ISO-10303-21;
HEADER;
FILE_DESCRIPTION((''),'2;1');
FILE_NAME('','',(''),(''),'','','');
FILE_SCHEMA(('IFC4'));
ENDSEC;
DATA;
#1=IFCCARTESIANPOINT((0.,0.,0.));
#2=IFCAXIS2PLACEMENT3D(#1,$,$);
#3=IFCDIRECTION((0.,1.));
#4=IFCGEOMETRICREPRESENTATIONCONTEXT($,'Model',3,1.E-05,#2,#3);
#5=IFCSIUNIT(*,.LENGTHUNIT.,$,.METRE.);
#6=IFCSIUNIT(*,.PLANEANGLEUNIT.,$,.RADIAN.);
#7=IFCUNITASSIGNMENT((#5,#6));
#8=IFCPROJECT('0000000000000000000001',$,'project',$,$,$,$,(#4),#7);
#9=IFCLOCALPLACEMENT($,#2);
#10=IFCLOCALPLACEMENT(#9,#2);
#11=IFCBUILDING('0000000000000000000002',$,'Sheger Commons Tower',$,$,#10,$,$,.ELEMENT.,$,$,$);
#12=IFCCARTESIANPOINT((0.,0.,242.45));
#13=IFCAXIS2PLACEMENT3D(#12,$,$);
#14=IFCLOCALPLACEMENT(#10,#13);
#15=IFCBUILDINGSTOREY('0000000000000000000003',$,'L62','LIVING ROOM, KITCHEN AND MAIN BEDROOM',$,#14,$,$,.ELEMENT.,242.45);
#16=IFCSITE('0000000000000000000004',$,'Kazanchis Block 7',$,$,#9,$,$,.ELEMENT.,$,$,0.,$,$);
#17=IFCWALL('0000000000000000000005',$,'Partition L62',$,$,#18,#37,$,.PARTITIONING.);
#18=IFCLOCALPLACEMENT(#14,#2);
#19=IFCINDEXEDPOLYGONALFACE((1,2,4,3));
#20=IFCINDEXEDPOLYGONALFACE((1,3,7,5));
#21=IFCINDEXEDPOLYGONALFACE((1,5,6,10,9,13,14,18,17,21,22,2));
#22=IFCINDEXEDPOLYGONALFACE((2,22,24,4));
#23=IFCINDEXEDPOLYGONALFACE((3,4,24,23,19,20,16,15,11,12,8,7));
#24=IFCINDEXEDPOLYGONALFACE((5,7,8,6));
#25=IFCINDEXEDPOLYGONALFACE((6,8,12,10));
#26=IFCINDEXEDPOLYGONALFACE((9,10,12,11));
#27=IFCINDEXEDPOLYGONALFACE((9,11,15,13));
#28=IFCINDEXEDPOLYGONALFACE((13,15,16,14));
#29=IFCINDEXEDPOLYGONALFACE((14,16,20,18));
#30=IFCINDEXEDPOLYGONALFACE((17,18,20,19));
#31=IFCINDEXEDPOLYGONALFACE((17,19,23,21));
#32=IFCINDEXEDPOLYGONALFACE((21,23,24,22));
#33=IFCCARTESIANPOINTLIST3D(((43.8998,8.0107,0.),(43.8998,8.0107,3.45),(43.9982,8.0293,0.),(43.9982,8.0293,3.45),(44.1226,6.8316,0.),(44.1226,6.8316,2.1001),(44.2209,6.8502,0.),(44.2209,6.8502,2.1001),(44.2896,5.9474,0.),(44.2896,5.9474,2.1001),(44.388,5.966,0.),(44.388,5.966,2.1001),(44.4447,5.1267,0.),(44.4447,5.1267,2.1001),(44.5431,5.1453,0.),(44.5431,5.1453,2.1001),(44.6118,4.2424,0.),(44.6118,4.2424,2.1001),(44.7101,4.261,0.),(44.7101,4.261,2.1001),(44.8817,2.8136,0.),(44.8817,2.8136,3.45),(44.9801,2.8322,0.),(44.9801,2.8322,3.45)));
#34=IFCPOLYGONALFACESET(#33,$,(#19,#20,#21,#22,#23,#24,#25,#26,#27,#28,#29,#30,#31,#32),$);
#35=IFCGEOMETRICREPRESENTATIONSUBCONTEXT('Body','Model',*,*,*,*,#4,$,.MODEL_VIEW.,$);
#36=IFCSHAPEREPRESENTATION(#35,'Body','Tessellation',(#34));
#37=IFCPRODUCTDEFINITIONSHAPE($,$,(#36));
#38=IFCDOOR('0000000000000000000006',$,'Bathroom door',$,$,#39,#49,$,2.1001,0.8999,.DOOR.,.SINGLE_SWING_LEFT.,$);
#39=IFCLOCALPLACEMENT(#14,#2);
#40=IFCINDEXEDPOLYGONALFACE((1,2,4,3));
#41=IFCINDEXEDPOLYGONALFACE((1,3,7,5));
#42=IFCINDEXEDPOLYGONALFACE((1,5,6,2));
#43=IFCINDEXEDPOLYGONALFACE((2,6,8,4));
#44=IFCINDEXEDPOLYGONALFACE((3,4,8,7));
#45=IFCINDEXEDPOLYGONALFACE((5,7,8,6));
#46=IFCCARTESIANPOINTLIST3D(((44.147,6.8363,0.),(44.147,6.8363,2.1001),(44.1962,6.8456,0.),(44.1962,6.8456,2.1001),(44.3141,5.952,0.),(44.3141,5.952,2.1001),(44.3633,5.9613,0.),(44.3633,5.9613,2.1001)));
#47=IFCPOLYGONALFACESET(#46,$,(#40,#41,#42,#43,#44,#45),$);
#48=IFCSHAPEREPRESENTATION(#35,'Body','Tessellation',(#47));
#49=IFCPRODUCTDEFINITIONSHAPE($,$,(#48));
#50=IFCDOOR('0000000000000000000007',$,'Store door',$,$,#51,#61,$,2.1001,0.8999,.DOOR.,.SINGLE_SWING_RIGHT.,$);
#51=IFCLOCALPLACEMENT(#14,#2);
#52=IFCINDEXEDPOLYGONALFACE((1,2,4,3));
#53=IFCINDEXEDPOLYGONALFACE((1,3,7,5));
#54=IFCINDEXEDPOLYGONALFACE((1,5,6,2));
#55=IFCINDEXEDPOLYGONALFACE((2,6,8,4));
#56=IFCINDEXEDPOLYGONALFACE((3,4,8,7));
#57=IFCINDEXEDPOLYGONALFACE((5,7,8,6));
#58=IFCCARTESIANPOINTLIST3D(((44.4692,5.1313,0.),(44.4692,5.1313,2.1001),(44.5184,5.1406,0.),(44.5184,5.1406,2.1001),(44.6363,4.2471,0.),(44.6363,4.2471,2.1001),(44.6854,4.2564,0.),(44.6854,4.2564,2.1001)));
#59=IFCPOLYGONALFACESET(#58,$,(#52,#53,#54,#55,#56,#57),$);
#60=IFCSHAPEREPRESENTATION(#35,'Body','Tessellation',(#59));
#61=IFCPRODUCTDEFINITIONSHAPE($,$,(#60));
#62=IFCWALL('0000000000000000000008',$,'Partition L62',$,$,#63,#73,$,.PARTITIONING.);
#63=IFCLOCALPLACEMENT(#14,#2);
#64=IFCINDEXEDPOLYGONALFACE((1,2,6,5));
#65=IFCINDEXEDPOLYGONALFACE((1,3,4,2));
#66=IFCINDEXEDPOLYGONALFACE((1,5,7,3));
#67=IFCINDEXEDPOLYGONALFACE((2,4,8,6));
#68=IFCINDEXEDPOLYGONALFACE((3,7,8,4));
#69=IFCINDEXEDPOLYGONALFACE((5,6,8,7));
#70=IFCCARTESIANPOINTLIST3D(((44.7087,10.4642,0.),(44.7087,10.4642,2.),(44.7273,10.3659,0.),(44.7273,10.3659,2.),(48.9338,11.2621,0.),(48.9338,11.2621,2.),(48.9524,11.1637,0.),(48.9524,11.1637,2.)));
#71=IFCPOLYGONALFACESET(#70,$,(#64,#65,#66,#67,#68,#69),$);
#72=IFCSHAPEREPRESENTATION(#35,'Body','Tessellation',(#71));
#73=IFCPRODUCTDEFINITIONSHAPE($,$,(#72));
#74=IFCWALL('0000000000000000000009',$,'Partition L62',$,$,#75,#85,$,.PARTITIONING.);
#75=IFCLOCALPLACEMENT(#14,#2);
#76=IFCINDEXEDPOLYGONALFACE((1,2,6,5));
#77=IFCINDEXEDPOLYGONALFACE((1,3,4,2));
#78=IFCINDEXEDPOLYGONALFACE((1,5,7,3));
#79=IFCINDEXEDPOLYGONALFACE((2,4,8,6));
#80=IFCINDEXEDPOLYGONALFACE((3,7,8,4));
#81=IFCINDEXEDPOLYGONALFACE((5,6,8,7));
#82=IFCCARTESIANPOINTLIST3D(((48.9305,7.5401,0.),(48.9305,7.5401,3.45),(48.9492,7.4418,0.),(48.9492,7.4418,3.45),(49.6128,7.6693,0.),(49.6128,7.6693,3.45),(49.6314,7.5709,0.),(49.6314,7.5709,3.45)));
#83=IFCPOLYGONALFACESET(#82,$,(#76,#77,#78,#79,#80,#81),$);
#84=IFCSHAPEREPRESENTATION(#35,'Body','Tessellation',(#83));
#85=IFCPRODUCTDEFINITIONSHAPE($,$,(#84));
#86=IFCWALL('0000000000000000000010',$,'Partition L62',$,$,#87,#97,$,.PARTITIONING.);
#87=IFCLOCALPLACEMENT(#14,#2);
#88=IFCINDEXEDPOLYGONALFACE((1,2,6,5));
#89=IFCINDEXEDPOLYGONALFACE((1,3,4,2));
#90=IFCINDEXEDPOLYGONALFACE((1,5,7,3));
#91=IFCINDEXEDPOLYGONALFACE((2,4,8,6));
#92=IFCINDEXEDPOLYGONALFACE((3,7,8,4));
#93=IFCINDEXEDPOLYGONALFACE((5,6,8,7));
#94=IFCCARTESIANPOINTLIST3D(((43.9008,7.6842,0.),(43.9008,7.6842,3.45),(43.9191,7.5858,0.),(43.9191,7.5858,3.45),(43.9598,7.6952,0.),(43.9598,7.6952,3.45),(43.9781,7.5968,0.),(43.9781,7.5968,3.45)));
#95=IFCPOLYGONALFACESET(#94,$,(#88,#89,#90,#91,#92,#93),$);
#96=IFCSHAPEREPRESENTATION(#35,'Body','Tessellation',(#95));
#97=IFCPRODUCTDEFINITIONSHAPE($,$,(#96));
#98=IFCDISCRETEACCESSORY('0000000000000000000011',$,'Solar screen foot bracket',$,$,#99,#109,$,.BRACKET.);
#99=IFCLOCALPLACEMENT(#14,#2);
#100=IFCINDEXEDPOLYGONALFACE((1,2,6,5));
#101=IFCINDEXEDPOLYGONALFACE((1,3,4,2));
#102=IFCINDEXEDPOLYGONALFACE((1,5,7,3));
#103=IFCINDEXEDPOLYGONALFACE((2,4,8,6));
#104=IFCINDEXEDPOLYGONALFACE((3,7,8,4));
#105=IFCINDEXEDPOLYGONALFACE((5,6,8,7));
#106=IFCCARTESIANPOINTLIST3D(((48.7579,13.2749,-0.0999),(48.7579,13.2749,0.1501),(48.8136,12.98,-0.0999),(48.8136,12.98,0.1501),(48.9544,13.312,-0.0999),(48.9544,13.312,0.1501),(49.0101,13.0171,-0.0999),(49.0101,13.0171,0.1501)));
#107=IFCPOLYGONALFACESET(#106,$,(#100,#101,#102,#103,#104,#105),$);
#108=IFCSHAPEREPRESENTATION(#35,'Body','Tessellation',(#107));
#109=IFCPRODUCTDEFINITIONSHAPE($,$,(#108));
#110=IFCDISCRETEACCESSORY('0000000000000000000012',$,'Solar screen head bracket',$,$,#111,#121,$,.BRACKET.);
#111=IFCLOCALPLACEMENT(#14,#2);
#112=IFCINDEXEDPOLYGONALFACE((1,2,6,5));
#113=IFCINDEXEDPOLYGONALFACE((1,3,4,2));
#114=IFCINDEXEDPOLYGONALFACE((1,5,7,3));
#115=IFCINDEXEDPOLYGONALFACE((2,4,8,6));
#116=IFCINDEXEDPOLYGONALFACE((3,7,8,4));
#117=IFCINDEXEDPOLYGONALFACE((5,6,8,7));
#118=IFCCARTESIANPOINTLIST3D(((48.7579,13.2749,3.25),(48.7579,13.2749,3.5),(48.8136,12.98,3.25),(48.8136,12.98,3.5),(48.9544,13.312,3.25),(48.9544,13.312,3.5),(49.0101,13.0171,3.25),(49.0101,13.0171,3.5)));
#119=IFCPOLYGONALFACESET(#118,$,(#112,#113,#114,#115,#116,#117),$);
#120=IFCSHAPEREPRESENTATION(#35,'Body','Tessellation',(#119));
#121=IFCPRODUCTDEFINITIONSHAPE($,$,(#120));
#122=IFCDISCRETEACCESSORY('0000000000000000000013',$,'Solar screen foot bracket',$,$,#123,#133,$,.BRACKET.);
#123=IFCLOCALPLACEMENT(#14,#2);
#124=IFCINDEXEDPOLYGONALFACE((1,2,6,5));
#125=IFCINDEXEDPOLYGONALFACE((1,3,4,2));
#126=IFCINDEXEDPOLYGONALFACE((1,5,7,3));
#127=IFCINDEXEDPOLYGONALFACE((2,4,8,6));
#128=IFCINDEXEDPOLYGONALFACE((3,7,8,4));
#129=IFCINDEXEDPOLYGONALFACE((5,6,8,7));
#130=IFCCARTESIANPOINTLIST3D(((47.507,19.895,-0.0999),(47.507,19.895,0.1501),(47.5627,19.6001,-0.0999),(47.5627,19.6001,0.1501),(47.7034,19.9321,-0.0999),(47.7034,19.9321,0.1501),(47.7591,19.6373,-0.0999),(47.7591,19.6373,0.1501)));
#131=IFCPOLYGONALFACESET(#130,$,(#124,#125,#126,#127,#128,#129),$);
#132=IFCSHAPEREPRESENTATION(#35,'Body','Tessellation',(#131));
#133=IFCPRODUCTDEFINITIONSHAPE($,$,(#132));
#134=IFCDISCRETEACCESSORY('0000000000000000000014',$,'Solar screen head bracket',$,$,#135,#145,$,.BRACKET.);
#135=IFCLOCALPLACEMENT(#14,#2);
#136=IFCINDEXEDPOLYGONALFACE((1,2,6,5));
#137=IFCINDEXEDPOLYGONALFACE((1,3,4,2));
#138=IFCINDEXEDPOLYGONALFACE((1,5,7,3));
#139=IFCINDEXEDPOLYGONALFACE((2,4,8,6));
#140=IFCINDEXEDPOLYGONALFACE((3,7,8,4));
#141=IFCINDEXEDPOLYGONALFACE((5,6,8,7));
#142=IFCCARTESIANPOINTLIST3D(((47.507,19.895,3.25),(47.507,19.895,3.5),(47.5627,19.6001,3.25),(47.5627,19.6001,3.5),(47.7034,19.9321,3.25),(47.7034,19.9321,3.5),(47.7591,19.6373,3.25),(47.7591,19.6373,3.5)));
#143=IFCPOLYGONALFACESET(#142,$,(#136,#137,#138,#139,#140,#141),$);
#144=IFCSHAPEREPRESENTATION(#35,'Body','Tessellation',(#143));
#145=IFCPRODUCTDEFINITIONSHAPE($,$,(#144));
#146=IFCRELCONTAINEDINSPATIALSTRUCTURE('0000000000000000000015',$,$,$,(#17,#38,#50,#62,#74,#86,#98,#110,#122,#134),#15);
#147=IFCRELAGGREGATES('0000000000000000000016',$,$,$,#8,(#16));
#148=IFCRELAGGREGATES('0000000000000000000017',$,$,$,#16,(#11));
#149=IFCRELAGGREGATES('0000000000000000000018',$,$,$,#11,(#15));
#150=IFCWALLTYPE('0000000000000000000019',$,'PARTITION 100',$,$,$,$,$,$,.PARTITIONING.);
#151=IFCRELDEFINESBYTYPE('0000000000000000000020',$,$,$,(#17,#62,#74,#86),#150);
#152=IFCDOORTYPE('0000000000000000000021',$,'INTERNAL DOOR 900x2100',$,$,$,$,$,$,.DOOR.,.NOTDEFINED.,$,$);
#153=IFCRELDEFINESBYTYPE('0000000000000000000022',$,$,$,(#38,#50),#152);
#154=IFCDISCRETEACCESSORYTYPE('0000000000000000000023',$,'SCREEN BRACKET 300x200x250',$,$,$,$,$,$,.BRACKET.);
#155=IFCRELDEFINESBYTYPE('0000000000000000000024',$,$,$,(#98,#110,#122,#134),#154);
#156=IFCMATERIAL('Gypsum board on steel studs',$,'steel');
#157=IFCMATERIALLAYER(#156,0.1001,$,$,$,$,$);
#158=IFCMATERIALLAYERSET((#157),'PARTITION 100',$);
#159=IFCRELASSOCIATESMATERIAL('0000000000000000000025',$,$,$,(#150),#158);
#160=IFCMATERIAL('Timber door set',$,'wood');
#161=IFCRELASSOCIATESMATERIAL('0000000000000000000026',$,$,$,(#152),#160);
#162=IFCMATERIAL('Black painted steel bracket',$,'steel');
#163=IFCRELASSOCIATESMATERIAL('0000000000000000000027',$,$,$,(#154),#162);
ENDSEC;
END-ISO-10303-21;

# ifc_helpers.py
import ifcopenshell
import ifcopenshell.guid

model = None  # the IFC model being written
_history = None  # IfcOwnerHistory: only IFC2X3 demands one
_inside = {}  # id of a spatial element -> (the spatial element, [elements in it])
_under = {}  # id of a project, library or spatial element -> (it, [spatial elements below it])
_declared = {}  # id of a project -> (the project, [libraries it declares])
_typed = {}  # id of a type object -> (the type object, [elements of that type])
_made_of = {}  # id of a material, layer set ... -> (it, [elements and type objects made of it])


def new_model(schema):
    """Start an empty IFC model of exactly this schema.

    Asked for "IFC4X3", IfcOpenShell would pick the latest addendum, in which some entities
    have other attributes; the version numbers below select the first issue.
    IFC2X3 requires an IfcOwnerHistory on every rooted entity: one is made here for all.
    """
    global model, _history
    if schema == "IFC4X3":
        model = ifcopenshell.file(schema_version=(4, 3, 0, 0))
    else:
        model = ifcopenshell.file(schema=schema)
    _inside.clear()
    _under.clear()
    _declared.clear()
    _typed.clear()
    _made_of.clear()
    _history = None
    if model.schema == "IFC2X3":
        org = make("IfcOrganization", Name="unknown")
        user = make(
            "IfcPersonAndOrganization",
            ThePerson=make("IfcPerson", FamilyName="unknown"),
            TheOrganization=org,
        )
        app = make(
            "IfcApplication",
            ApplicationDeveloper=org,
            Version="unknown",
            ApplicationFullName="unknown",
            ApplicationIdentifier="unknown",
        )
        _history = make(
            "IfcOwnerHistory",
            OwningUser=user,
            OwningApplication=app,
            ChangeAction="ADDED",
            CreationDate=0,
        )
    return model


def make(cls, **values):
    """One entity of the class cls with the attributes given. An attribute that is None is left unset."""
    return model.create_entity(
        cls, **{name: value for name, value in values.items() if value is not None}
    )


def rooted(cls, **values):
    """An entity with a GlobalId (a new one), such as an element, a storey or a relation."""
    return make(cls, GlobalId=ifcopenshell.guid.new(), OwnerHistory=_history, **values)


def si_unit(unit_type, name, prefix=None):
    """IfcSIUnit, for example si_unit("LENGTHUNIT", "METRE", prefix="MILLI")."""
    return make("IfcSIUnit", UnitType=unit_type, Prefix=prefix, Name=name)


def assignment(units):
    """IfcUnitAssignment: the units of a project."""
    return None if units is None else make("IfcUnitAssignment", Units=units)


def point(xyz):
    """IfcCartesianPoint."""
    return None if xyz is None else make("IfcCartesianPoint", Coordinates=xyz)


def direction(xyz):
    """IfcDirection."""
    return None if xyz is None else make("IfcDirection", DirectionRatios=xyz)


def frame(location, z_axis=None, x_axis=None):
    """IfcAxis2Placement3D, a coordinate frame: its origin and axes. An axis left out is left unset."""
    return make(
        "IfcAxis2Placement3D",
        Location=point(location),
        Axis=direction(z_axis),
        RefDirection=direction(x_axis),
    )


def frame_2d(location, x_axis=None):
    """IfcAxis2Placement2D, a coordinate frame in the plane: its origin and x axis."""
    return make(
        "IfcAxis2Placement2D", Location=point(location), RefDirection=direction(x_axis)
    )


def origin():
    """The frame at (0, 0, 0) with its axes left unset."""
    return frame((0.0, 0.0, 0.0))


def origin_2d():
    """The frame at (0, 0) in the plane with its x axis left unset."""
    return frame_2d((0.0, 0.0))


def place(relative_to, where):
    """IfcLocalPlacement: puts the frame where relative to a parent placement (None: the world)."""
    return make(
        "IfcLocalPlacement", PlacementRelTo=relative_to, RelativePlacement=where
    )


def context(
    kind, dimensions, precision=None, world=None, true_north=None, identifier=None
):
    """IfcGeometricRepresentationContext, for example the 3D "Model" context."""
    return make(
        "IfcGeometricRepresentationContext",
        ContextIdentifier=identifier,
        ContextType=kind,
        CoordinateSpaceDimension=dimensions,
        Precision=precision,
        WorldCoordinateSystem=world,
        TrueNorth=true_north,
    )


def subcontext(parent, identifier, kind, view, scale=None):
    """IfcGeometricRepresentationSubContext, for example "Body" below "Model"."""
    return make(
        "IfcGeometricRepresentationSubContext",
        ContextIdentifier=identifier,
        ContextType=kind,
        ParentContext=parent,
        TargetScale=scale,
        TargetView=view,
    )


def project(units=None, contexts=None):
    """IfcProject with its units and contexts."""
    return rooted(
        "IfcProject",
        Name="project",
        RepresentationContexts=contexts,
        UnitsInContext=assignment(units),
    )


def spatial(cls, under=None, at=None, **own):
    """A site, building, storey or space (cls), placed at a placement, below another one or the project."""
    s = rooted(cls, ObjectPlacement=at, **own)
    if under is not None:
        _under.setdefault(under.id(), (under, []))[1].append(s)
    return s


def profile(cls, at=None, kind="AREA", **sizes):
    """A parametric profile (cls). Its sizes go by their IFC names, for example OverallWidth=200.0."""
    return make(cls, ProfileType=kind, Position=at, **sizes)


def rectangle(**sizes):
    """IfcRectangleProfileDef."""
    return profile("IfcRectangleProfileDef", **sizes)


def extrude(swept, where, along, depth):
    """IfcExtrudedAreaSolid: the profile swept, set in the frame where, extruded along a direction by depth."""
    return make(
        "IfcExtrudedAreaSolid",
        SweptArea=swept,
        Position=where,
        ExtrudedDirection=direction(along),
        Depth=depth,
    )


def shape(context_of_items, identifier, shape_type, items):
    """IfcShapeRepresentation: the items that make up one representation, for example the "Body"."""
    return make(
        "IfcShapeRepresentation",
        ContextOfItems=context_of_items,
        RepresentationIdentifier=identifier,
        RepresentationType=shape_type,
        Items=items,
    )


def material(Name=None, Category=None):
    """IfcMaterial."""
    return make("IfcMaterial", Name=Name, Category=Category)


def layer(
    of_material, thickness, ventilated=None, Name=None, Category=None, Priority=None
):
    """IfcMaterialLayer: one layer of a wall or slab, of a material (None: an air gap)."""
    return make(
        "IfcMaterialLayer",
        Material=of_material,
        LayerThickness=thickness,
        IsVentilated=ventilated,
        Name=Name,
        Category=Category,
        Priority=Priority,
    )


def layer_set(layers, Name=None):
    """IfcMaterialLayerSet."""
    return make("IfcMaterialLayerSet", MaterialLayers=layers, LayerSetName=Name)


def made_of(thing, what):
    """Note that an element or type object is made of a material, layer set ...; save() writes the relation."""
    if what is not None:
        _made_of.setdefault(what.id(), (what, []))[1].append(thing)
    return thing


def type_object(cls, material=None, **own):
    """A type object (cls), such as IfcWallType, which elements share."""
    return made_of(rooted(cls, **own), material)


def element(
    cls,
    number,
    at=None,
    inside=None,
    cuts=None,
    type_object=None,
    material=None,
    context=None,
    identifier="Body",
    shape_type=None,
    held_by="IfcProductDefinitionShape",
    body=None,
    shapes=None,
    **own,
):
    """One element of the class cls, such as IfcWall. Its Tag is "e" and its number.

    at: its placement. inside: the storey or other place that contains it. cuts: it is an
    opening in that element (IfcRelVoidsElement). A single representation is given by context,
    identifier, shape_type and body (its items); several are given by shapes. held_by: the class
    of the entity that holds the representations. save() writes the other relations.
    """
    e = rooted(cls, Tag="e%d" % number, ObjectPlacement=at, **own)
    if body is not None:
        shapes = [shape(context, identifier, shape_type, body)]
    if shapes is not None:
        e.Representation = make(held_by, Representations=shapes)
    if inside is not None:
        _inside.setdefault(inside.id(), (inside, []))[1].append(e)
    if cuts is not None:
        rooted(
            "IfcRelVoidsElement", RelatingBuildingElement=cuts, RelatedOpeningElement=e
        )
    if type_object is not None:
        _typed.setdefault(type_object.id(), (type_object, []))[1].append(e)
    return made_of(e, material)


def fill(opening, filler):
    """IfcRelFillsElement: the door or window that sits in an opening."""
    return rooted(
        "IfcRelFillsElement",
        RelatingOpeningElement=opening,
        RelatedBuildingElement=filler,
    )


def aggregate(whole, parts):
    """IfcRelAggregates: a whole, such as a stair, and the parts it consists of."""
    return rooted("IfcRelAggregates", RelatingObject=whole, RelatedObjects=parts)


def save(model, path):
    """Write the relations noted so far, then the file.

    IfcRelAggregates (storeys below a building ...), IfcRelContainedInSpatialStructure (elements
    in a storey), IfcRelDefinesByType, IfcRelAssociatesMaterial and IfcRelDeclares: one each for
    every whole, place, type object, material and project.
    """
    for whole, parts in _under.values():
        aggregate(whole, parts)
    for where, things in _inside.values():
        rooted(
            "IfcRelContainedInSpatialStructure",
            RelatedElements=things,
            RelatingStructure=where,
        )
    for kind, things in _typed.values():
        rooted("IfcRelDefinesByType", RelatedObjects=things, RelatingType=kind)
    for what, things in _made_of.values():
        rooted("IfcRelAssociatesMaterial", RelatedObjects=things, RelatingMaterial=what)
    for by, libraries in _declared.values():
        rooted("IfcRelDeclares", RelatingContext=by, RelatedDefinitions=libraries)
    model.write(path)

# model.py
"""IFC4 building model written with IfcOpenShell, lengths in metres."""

from ifc_helpers import new_model, si_unit, direction, frame, frame_2d, origin, origin_2d, place, context, subcontext, project, spatial, rectangle, extrude, material, layer, layer_set, type_object, element, fill, save


model = new_model("IFC4")

# Units and contexts
model_context = context("Model", 3, precision=1e-05, world=origin(), true_north=direction((0.0, 1.0)))
body_context = subcontext(model_context, "Body", "Model", "MODEL_VIEW")
ifc_project = project(units=[si_unit("LENGTHUNIT", "METRE"), si_unit("PLANEANGLEUNIT", "RADIAN")], contexts=[model_context])

# Site, building, storey
site_placement = place(None, origin())
site = spatial("IfcSite", under=ifc_project, at=site_placement, Name="Kazanchis Block 7", CompositionType="ELEMENT", RefElevation=0.0)
building_placement = place(site_placement, origin())
building = spatial("IfcBuilding", under=site, at=building_placement, Name="Sheger Commons Tower", CompositionType="ELEMENT")
storey_placement = place(building_placement, frame((0.0, 0.0, 242.45)))
storey = spatial("IfcBuildingStorey", under=building, at=storey_placement, Name="L62", Description="LIVING ROOM, KITCHEN AND MAIN BEDROOM", CompositionType="ELEMENT", Elevation=242.45)

# Shared definitions
ifc_material_1 = material(Name="Gypsum board on steel studs", Category="steel")
ifc_layer_1 = layer(ifc_material_1, 0.1001)
ifc_layer_set_1 = layer_set([ifc_layer_1], Name="PARTITION 100")
wall_type_1 = type_object("IfcWallType", Name="PARTITION 100", PredefinedType="PARTITIONING", material=ifc_layer_set_1)

# Shared definitions
ifc_material_2 = material(Name="Timber door set", Category="wood")
door_type = type_object("IfcDoorType", Name="INTERNAL DOOR 900x2100", OperationType="NOTDEFINED", PredefinedType="DOOR", material=ifc_material_2)

# Wall, openings, doors
wall_1_placement = place(storey_placement, frame((43.949, 8.02, 0.0), z_axis=(0.0, 0.0, 1.0), x_axis=(0.185657, -0.982615, 0.0)))
wall_1 = element("IfcWall", 1, at=wall_1_placement, inside=storey, type_object=wall_type_1, Name="Partition L62", PredefinedType="PARTITIONING", context=body_context, shape_type="SweptSolid", body=[
    extrude(rectangle(XDim=5.2891, YDim=0.1001, at=frame_2d((2.6445, 0.0))), origin(), (0.0, 0.0, 1.0), 3.45),
])
opening_1_placement = place(wall_1_placement, frame((1.2, 0.0, 0.0)))
opening_1 = element("IfcOpeningElement", 2, at=opening_1_placement, cuts=wall_1, PredefinedType="OPENING", context=body_context, shape_type="SweptSolid", body=[
    extrude(rectangle(XDim=0.8999, YDim=2.1001, at=frame_2d((0.45, 1.05))), frame((0.0, 0.0601, 0.0), z_axis=(0.0, -1.0, 0.0), x_axis=(1.0, 0.0, 0.0)), (0.0, 0.0, 1.0), 0.1201),
])
opening_2_placement = place(wall_1_placement, frame((2.9351, 0.0, 0.0)))
opening_2 = element("IfcOpeningElement", 3, at=opening_2_placement, cuts=wall_1, PredefinedType="OPENING", context=body_context, shape_type="SweptSolid", body=[
    extrude(rectangle(XDim=0.8999, YDim=2.1001, at=frame_2d((0.45, 1.05))), frame((0.0, 0.0601, 0.0), z_axis=(0.0, -1.0, 0.0), x_axis=(1.0, 0.0, 0.0)), (0.0, 0.0, 1.0), 0.1201),
])
door_1_placement = place(opening_1_placement, origin())
door_1 = element("IfcDoor", 4, at=door_1_placement, inside=storey, type_object=door_type, Name="Bathroom door", OperationType="SINGLE_SWING_LEFT", OverallHeight=2.1001, OverallWidth=0.8999, PredefinedType="DOOR", context=body_context, shape_type="SweptSolid", body=[
    extrude(rectangle(XDim=0.8999, YDim=2.1001, at=frame_2d((0.45, 1.05))), frame((0.0, 0.0249, 0.0), z_axis=(0.0, -1.0, 0.0), x_axis=(1.0, 0.0, 0.0)), (0.0, 0.0, 1.0), 0.05),
])
fill(opening_1, door_1)
door_2_placement = place(opening_2_placement, origin())
door_2 = element("IfcDoor", 5, at=door_2_placement, inside=storey, type_object=door_type, Name="Store door", OperationType="SINGLE_SWING_RIGHT", OverallHeight=2.1001, OverallWidth=0.8999, PredefinedType="DOOR", context=body_context, shape_type="SweptSolid", body=[
    extrude(rectangle(XDim=0.8999, YDim=2.1001, at=frame_2d((0.45, 1.05))), frame((0.0, 0.0249, 0.0), z_axis=(0.0, -1.0, 0.0), x_axis=(1.0, 0.0, 0.0)), (0.0, 0.0, 1.0), 0.05),
])
fill(opening_2, door_2)

# Walls
wall_2_placement = place(storey_placement, frame((48.9431, 11.2129, 0.0), z_axis=(0.0, 0.0, 1.0), x_axis=(-0.982634, -0.185557, 0.0)))
element("IfcWall", 6, at=wall_2_placement, inside=storey, type_object=wall_type_1, Name="Partition L62", PredefinedType="PARTITIONING", context=body_context, shape_type="SweptSolid", body=[
    extrude(rectangle(XDim=4.2998, YDim=0.1001, at=frame_2d((2.1499, 0.0))), origin(), (0.0, 0.0, 1.0), 2.0),
])
wall_3_placement = place(storey_placement, frame((49.6221, 7.6201, 0.0), z_axis=(0.0, 0.0, 1.0), x_axis=(-0.982544, -0.186029, 0.0)))
element("IfcWall", 7, at=wall_3_placement, inside=storey, type_object=wall_type_1, Name="Partition L62", PredefinedType="PARTITIONING", context=body_context, shape_type="SweptSolid", body=[
    extrude(rectangle(XDim=0.6943, YDim=0.1001, at=frame_2d((0.3472, 0.0))), origin(), (0.0, 0.0, 1.0), 3.45),
])
wall_4_placement = place(storey_placement, frame((43.969, 7.646, 0.0), z_axis=(0.0, 0.0, 1.0), x_axis=(-0.983147, -0.182817, 0.0)))
element("IfcWall", 8, at=wall_4_placement, inside=storey, type_object=wall_type_1, Name="Partition L62", PredefinedType="PARTITIONING", context=body_context, shape_type="SweptSolid", body=[
    extrude(rectangle(XDim=0.0601, YDim=0.1001, at=frame_2d((0.03, 0.0))), origin(), (0.0, 0.0, 1.0), 3.45),
])

# Discrete accessories
ifc_material_3 = material(Name="Black painted steel bracket", Category="steel")
discrete_accessory_type = type_object("IfcDiscreteAccessoryType", Name="SCREEN BRACKET 300x200x250", PredefinedType="BRACKET", material=ifc_material_3)
for number, where, z_axis, x_axis, name in (
    (9, (48.884, 13.146, -0.0999), (0.0, 0.0, 1.0), (-0.185615, 0.982623, 0.0), "Solar screen foot bracket"),
    (10, (48.884, 13.146, 3.25), (0.0, 0.0, 1.0), (-0.185615, 0.982623, 0.0), "Solar screen head bracket"),
    (11, (47.6331, 19.7661, -0.0999), (0.0, 0.0, 1.0), (-0.185615, 0.982623, 0.0), "Solar screen foot bracket"),
    (12, (47.6331, 19.7661, 3.25), (0.0, 0.0, 1.0), (-0.185615, 0.982623, 0.0), "Solar screen head bracket"),
):
    element("IfcDiscreteAccessory", number, at=place(storey_placement, frame(where, z_axis=z_axis, x_axis=x_axis)), inside=storey, type_object=discrete_accessory_type, Name=name, PredefinedType="BRACKET", context=body_context, shape_type="SweptSolid", body=[
        extrude(rectangle(XDim=0.3, YDim=0.2, at=origin_2d()), origin(), (0.0, 0.0, 1.0), 0.25),
    ])

save(model, "model.ifc")
